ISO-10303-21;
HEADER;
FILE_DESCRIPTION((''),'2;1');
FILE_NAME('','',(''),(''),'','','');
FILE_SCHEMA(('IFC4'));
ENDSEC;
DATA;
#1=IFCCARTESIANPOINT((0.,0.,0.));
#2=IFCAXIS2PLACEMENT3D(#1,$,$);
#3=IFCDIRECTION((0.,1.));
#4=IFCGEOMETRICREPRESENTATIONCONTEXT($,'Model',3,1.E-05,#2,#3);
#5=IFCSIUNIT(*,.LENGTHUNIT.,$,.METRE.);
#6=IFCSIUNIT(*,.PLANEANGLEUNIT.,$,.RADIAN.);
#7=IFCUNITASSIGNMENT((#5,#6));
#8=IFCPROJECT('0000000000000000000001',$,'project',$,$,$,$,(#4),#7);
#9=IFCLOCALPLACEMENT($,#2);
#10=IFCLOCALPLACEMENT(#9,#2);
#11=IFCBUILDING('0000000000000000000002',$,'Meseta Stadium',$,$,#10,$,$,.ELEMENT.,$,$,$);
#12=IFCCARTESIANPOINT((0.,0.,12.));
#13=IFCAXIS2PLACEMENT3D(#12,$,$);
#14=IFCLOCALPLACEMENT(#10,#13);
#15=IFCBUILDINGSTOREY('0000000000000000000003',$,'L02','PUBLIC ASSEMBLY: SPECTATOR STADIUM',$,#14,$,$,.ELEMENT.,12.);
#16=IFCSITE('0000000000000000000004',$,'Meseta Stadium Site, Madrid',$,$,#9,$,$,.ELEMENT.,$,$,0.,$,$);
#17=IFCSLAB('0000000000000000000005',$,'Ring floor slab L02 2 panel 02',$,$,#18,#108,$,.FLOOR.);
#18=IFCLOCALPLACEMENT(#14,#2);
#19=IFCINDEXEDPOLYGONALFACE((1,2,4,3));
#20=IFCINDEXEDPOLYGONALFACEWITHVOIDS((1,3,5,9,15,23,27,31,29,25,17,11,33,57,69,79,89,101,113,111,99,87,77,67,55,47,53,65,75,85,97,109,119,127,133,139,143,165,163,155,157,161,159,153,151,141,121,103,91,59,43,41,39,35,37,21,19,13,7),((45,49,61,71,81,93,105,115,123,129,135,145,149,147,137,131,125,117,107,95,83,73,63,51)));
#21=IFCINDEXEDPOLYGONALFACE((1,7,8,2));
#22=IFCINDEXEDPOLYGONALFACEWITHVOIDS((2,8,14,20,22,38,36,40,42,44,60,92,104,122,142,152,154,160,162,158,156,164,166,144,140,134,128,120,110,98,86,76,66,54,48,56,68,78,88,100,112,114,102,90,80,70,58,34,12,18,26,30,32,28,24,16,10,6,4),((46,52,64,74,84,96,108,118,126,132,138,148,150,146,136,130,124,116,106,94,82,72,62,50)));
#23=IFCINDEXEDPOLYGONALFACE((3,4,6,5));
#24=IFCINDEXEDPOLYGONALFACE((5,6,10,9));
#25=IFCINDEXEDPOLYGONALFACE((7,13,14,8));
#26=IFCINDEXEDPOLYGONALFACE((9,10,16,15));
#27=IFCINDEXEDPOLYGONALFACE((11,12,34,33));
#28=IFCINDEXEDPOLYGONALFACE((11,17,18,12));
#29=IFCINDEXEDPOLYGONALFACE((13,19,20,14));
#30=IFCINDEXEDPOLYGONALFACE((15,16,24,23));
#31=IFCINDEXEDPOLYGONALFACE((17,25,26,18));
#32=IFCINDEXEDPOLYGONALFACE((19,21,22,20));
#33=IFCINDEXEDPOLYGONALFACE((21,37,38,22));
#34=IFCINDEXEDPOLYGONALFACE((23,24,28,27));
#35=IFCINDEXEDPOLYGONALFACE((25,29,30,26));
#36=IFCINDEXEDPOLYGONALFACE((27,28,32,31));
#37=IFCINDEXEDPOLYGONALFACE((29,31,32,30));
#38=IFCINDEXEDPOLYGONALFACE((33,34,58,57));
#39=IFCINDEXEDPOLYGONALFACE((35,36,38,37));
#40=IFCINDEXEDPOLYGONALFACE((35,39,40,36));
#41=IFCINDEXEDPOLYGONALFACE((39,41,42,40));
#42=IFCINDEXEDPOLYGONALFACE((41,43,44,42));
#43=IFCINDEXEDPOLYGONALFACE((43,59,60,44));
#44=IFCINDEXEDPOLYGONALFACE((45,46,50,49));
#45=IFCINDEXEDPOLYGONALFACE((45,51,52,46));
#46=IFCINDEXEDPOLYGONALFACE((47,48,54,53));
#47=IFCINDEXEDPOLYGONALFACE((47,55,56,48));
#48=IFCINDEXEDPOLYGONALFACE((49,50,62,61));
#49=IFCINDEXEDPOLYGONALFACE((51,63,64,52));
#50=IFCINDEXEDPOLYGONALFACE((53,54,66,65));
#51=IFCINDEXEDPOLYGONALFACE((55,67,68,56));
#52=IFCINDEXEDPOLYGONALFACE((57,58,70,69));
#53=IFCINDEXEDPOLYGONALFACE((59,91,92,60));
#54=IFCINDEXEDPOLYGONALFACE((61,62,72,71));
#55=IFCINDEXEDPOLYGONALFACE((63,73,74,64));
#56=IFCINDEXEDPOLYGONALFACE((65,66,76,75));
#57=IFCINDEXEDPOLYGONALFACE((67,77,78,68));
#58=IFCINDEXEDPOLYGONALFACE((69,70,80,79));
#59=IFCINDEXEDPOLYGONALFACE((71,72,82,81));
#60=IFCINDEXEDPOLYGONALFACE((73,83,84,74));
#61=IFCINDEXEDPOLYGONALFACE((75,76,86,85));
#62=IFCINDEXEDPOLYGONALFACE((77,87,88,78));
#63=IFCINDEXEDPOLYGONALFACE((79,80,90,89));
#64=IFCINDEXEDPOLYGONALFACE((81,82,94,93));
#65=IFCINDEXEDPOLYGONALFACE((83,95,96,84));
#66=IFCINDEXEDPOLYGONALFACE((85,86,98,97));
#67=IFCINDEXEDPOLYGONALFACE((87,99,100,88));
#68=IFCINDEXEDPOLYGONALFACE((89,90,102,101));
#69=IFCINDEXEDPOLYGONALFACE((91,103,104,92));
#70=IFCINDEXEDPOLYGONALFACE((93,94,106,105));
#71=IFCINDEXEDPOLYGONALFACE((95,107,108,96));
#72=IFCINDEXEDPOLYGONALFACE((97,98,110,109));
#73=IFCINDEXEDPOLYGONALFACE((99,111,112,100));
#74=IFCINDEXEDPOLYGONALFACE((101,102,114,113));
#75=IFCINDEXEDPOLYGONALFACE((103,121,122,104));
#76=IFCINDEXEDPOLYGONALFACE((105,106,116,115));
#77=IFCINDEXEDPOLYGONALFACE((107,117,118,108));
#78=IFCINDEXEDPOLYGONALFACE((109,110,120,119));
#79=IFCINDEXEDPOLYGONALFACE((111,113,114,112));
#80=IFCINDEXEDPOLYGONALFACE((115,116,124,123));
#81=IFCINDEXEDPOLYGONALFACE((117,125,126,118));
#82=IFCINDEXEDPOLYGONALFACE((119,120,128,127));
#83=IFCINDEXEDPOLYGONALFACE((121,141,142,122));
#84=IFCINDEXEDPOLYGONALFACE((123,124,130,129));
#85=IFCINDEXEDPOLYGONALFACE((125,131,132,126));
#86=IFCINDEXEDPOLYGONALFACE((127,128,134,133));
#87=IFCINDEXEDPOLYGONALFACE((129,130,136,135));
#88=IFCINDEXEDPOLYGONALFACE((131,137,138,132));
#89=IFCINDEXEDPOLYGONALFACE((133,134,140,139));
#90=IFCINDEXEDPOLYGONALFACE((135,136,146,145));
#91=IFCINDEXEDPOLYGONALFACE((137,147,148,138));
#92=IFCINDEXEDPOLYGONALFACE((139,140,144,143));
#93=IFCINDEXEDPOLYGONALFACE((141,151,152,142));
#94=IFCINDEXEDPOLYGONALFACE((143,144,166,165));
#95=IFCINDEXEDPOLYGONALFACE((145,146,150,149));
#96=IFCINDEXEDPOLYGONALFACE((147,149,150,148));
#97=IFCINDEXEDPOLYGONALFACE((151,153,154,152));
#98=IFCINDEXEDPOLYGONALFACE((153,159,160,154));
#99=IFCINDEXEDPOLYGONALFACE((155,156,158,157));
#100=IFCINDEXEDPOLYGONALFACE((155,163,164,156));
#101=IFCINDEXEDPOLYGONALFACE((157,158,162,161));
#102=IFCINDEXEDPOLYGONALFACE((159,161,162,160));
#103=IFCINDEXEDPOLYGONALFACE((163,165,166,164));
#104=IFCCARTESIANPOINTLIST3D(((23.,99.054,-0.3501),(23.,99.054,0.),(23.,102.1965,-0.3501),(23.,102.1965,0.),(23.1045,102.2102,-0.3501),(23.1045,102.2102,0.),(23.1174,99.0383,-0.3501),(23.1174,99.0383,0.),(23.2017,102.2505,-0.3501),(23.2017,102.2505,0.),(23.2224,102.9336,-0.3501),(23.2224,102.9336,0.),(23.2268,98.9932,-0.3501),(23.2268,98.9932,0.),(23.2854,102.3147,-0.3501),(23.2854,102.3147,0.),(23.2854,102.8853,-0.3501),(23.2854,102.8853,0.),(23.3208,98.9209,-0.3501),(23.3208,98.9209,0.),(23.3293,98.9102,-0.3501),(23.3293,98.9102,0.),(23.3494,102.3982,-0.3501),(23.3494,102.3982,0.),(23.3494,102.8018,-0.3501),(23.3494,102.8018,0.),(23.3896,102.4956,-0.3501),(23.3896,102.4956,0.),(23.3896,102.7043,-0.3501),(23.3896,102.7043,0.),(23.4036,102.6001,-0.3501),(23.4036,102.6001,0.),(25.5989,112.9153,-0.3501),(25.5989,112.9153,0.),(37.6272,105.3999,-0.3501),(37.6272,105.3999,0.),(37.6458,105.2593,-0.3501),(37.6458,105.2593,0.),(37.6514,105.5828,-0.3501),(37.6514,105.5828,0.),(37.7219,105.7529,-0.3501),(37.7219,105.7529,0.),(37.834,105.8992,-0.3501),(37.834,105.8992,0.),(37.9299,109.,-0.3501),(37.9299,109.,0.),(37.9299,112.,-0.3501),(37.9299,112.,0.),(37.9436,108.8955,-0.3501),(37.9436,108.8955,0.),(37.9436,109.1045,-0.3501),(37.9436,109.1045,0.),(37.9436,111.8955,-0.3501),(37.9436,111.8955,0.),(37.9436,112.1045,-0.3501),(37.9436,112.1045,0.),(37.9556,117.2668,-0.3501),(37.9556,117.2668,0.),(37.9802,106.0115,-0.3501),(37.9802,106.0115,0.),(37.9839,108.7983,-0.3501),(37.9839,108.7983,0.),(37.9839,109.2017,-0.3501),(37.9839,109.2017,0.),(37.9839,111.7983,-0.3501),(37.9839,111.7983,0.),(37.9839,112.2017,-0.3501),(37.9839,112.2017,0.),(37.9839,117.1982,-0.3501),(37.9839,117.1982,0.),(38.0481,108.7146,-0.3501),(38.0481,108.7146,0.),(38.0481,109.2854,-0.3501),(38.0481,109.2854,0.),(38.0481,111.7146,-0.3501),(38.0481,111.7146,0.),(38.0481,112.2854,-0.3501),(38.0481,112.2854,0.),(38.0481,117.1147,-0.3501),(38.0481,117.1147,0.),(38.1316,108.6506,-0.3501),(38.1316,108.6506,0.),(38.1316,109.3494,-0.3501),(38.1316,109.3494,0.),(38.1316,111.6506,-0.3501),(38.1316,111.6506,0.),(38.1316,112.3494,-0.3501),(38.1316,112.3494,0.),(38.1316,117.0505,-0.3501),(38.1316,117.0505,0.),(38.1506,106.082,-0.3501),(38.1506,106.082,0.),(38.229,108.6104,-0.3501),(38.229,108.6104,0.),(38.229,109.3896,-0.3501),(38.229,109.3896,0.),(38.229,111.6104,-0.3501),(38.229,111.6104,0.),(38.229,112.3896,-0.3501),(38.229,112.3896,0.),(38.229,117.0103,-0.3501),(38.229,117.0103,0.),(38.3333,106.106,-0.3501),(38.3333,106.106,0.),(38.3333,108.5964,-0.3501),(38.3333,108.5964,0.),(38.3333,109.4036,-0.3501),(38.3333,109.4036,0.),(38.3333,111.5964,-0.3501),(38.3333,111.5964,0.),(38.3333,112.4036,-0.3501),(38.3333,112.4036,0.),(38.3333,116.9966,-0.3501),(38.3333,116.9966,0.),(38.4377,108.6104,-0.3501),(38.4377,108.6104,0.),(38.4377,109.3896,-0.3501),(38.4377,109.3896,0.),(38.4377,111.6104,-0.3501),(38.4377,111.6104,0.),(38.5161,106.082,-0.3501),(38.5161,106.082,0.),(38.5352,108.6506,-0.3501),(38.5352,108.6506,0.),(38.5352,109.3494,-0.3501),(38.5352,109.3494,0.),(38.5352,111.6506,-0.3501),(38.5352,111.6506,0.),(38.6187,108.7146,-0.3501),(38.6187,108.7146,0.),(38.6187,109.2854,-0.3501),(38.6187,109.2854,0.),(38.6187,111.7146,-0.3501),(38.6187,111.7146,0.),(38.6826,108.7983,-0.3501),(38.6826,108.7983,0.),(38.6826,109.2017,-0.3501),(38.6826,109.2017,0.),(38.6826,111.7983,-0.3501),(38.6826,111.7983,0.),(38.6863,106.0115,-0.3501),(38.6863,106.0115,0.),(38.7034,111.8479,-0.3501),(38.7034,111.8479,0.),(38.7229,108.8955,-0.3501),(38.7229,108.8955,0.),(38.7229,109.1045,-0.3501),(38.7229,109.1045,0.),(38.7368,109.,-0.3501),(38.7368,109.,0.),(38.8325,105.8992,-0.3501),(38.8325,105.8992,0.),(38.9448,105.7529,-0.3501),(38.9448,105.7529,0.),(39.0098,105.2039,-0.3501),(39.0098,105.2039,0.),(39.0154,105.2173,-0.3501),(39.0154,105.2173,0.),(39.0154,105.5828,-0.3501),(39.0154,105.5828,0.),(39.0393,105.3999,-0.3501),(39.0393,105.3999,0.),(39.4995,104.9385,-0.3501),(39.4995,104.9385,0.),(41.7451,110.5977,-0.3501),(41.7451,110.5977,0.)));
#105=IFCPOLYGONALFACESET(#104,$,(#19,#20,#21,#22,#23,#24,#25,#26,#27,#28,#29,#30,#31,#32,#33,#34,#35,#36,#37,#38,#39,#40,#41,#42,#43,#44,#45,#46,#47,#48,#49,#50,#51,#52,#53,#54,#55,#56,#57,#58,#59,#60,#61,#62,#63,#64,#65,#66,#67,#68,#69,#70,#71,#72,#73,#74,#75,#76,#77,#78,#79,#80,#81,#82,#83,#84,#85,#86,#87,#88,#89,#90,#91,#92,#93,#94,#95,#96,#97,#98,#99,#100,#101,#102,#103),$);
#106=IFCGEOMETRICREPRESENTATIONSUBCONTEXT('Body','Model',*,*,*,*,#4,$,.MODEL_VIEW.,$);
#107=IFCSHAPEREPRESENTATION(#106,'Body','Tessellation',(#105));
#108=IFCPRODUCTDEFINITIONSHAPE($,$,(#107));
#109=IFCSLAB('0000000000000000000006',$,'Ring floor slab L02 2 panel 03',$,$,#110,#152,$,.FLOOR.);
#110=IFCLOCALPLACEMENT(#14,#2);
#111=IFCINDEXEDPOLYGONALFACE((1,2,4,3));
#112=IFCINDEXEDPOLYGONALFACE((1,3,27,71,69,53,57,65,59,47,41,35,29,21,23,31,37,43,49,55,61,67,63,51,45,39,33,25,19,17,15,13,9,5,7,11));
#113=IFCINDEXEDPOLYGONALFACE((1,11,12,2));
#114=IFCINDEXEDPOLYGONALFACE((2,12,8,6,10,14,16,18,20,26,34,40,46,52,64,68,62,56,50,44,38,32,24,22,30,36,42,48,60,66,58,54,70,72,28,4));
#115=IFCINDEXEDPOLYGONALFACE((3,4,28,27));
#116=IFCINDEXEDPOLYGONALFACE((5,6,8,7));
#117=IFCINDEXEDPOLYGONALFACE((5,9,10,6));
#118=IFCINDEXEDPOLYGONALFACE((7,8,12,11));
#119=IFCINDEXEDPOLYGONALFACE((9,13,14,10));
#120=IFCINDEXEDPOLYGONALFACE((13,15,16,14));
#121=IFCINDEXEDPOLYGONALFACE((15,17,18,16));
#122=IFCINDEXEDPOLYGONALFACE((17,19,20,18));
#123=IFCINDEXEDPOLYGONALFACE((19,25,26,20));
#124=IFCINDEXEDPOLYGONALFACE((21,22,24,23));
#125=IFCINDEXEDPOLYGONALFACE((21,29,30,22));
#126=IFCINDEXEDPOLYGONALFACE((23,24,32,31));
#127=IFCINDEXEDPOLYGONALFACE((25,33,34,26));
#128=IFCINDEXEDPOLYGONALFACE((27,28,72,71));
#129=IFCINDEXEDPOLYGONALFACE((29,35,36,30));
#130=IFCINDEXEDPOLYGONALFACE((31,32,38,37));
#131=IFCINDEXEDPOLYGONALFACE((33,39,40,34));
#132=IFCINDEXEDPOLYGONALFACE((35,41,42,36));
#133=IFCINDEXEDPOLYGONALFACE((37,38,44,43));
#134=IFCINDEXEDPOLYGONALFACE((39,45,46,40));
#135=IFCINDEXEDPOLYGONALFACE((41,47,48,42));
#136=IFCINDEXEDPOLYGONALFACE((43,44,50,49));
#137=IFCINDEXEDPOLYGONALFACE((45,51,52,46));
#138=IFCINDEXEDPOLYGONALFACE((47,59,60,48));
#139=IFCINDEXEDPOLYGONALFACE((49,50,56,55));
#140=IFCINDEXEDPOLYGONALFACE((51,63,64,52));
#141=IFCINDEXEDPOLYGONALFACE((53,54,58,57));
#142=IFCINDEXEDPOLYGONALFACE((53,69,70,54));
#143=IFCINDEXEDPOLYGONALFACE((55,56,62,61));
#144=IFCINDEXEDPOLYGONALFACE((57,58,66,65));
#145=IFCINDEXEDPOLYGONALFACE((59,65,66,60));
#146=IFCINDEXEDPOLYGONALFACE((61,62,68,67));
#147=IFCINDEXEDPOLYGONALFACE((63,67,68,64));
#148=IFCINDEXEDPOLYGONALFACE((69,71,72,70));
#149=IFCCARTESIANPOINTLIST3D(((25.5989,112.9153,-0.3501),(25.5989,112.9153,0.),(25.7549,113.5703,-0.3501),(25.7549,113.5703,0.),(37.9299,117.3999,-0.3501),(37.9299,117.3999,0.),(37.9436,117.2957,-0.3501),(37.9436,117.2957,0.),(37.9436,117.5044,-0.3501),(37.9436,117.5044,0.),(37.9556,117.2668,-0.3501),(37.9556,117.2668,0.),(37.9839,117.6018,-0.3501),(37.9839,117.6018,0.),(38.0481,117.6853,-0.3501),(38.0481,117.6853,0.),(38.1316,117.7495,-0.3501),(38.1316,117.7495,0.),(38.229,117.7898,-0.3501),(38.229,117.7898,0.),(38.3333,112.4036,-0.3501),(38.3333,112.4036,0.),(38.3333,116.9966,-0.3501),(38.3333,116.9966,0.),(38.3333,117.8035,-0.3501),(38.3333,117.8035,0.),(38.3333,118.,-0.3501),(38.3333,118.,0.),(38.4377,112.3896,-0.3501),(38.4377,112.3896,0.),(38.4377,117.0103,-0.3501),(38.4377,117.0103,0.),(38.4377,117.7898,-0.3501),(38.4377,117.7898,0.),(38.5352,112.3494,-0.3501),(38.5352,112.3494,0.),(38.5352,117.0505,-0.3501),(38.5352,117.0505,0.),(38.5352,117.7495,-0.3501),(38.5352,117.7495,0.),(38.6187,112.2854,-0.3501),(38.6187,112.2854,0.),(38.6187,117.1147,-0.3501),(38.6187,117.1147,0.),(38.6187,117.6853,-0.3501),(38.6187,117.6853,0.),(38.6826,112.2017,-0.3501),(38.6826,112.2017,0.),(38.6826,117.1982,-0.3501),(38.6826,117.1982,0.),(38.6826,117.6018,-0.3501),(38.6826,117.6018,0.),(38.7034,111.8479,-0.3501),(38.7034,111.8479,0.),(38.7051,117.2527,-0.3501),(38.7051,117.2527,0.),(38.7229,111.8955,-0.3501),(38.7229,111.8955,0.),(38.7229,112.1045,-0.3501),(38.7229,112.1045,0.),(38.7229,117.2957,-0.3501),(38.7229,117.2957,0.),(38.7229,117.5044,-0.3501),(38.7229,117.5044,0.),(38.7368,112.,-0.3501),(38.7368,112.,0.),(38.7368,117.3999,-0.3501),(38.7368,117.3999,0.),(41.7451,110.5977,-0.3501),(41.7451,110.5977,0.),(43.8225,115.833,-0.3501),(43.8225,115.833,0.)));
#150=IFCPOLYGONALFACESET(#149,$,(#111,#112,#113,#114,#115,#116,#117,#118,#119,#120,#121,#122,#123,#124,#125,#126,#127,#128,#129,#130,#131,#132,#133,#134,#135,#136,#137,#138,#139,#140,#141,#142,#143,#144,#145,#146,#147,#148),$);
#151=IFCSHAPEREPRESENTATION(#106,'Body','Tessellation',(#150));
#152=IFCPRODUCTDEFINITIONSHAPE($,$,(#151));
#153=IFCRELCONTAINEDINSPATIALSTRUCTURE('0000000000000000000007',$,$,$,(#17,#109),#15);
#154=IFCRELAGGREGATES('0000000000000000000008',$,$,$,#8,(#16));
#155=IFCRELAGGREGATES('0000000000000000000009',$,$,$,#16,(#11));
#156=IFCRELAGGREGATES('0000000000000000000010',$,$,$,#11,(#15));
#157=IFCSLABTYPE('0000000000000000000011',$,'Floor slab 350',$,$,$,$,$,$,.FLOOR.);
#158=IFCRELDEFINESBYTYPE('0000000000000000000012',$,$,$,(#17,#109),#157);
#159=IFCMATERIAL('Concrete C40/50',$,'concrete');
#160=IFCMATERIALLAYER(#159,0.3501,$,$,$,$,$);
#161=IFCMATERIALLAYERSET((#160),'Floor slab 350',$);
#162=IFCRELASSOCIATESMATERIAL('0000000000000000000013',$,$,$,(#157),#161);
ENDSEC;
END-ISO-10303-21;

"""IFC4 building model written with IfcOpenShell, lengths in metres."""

from ifc_helpers import new_model, si_unit, direction, frame, origin, place, context, subcontext, project, spatial, polyline, outline, extrude, material, layer, layer_set, type_object, element, save


model = new_model("IFC4")

# Units and contexts
model_context = context("Model", 3, precision=1e-05, world=origin(), true_north=direction((0.0, 1.0)))
body_context = subcontext(model_context, "Body", "Model", "MODEL_VIEW")
ifc_project = project(units=[si_unit("LENGTHUNIT", "METRE"), si_unit("PLANEANGLEUNIT", "RADIAN")], contexts=[model_context])

# Site, building, storey
site_placement = place(None, origin())
site = spatial("IfcSite", under=ifc_project, at=site_placement, Name="Meseta Stadium Site, Madrid", CompositionType="ELEMENT", RefElevation=0.0)
building_placement = place(site_placement, origin())
building = spatial("IfcBuilding", under=site, at=building_placement, Name="Meseta Stadium", CompositionType="ELEMENT")
storey_placement = place(building_placement, frame((0.0, 0.0, 12.0)))
storey = spatial("IfcBuildingStorey", under=building, at=storey_placement, Name="L02", Description="PUBLIC ASSEMBLY: SPECTATOR STADIUM", CompositionType="ELEMENT", Elevation=12.0)

# Slabs
ifc_material_1 = material(Name="Concrete C40/50", Category="concrete")
ifc_layer_1 = layer(ifc_material_1, 0.3501)
ifc_layer_set_1 = layer_set([ifc_layer_1], Name="Floor slab 350")
slab_type_1 = type_object("IfcSlabType", Name="Floor slab 350", PredefinedType="FLOOR", material=ifc_layer_set_1)
slab_1_placement = place(storey_placement, frame((0.0, 0.0, -0.3501)))
element("IfcSlab", 1, at=slab_1_placement, inside=storey, type_object=slab_type_1, Name="Ring floor slab L02 2 panel 02", PredefinedType="FLOOR", context=body_context, shape_type="SweptSolid", body=[
    extrude(outline(polyline([(23.1045, 102.2102), (23.0, 102.1965), (23.0, 99.054), (23.1174, 99.0383), (23.2268, 98.9932), (23.3208, 98.9209), (23.3293, 98.9102), (37.6458, 105.2593), (37.6272, 105.3999), (37.6514, 105.5828), (37.7219, 105.7529), (37.834, 105.8992), (37.9802, 106.0115), (38.1506, 106.082), (38.3333, 106.106), (38.5161, 106.082), (38.6863, 106.0115), (38.8325, 105.8992), (38.9448, 105.7529), (39.0154, 105.5828), (39.0393, 105.3999), (39.0154, 105.2173), (39.0098, 105.2039), (39.4995, 104.9385), (41.7451, 110.5977), (38.7034, 111.8479), (38.6826, 111.7983), (38.6187, 111.7146), (38.5352, 111.6506), (38.4377, 111.6104), (38.3333, 111.5964), (38.229, 111.6104), (38.1316, 111.6506), (38.0481, 111.7146), (37.9839, 111.7983), (37.9436, 111.8955), (37.9299, 112.0), (37.9436, 112.1045), (37.9839, 112.2017), (38.0481, 112.2854), (38.1316, 112.3494), (38.229, 112.3896), (38.3333, 112.4036), (38.3333, 116.9966), (38.229, 117.0103), (38.1316, 117.0505), (38.0481, 117.1147), (37.9839, 117.1982), (37.9556, 117.2668), (25.5989, 112.9153), (23.2224, 102.9336), (23.2854, 102.8853), (23.3494, 102.8018), (23.3896, 102.7043), (23.4036, 102.6001), (23.3896, 102.4956), (23.3494, 102.3982), (23.2854, 102.3147), (23.2017, 102.2505), (23.1045, 102.2102)]), holes=[polyline([(37.9839, 109.2017), (38.0481, 109.2854), (38.1316, 109.3494), (38.229, 109.3896), (38.3333, 109.4036), (38.4377, 109.3896), (38.5352, 109.3494), (38.6187, 109.2854), (38.6826, 109.2017), (38.7229, 109.1045), (38.7368, 109.0), (38.7229, 108.8955), (38.6826, 108.7983), (38.6187, 108.7146), (38.5352, 108.6506), (38.4377, 108.6104), (38.3333, 108.5964), (38.229, 108.6104), (38.1316, 108.6506), (38.0481, 108.7146), (37.9839, 108.7983), (37.9436, 108.8955), (37.9299, 109.0), (37.9436, 109.1045), (37.9839, 109.2017)])]), origin(), (0.0, 0.0, 1.0), 0.3501),
])
slab_2_placement = place(storey_placement, frame((0.0, 0.0, -0.3501)))
element("IfcSlab", 2, at=slab_2_placement, inside=storey, type_object=slab_type_1, Name="Ring floor slab L02 2 panel 03", PredefinedType="FLOOR", context=body_context, shape_type="SweptSolid", body=[
    extrude(outline(polyline([(41.7451, 110.5977), (43.8225, 115.833), (38.3333, 118.0), (25.7549, 113.5703), (25.5989, 112.9153), (37.9556, 117.2668), (37.9436, 117.2957), (37.9299, 117.3999), (37.9436, 117.5044), (37.9839, 117.6018), (38.0481, 117.6853), (38.1316, 117.7495), (38.229, 117.7898), (38.3333, 117.8035), (38.4377, 117.7898), (38.5352, 117.7495), (38.6187, 117.6853), (38.6826, 117.6018), (38.7229, 117.5044), (38.7368, 117.3999), (38.7229, 117.2957), (38.7051, 117.2527), (38.6826, 117.1982), (38.6187, 117.1147), (38.5352, 117.0505), (38.4377, 117.0103), (38.3333, 116.9966), (38.3333, 112.4036), (38.4377, 112.3896), (38.5352, 112.3494), (38.6187, 112.2854), (38.6826, 112.2017), (38.7229, 112.1045), (38.7368, 112.0), (38.7229, 111.8955), (38.7034, 111.8479), (41.7451, 110.5977)])), origin(), (0.0, 0.0, 1.0), 0.3501),
])

save(model, "model.ifc")
